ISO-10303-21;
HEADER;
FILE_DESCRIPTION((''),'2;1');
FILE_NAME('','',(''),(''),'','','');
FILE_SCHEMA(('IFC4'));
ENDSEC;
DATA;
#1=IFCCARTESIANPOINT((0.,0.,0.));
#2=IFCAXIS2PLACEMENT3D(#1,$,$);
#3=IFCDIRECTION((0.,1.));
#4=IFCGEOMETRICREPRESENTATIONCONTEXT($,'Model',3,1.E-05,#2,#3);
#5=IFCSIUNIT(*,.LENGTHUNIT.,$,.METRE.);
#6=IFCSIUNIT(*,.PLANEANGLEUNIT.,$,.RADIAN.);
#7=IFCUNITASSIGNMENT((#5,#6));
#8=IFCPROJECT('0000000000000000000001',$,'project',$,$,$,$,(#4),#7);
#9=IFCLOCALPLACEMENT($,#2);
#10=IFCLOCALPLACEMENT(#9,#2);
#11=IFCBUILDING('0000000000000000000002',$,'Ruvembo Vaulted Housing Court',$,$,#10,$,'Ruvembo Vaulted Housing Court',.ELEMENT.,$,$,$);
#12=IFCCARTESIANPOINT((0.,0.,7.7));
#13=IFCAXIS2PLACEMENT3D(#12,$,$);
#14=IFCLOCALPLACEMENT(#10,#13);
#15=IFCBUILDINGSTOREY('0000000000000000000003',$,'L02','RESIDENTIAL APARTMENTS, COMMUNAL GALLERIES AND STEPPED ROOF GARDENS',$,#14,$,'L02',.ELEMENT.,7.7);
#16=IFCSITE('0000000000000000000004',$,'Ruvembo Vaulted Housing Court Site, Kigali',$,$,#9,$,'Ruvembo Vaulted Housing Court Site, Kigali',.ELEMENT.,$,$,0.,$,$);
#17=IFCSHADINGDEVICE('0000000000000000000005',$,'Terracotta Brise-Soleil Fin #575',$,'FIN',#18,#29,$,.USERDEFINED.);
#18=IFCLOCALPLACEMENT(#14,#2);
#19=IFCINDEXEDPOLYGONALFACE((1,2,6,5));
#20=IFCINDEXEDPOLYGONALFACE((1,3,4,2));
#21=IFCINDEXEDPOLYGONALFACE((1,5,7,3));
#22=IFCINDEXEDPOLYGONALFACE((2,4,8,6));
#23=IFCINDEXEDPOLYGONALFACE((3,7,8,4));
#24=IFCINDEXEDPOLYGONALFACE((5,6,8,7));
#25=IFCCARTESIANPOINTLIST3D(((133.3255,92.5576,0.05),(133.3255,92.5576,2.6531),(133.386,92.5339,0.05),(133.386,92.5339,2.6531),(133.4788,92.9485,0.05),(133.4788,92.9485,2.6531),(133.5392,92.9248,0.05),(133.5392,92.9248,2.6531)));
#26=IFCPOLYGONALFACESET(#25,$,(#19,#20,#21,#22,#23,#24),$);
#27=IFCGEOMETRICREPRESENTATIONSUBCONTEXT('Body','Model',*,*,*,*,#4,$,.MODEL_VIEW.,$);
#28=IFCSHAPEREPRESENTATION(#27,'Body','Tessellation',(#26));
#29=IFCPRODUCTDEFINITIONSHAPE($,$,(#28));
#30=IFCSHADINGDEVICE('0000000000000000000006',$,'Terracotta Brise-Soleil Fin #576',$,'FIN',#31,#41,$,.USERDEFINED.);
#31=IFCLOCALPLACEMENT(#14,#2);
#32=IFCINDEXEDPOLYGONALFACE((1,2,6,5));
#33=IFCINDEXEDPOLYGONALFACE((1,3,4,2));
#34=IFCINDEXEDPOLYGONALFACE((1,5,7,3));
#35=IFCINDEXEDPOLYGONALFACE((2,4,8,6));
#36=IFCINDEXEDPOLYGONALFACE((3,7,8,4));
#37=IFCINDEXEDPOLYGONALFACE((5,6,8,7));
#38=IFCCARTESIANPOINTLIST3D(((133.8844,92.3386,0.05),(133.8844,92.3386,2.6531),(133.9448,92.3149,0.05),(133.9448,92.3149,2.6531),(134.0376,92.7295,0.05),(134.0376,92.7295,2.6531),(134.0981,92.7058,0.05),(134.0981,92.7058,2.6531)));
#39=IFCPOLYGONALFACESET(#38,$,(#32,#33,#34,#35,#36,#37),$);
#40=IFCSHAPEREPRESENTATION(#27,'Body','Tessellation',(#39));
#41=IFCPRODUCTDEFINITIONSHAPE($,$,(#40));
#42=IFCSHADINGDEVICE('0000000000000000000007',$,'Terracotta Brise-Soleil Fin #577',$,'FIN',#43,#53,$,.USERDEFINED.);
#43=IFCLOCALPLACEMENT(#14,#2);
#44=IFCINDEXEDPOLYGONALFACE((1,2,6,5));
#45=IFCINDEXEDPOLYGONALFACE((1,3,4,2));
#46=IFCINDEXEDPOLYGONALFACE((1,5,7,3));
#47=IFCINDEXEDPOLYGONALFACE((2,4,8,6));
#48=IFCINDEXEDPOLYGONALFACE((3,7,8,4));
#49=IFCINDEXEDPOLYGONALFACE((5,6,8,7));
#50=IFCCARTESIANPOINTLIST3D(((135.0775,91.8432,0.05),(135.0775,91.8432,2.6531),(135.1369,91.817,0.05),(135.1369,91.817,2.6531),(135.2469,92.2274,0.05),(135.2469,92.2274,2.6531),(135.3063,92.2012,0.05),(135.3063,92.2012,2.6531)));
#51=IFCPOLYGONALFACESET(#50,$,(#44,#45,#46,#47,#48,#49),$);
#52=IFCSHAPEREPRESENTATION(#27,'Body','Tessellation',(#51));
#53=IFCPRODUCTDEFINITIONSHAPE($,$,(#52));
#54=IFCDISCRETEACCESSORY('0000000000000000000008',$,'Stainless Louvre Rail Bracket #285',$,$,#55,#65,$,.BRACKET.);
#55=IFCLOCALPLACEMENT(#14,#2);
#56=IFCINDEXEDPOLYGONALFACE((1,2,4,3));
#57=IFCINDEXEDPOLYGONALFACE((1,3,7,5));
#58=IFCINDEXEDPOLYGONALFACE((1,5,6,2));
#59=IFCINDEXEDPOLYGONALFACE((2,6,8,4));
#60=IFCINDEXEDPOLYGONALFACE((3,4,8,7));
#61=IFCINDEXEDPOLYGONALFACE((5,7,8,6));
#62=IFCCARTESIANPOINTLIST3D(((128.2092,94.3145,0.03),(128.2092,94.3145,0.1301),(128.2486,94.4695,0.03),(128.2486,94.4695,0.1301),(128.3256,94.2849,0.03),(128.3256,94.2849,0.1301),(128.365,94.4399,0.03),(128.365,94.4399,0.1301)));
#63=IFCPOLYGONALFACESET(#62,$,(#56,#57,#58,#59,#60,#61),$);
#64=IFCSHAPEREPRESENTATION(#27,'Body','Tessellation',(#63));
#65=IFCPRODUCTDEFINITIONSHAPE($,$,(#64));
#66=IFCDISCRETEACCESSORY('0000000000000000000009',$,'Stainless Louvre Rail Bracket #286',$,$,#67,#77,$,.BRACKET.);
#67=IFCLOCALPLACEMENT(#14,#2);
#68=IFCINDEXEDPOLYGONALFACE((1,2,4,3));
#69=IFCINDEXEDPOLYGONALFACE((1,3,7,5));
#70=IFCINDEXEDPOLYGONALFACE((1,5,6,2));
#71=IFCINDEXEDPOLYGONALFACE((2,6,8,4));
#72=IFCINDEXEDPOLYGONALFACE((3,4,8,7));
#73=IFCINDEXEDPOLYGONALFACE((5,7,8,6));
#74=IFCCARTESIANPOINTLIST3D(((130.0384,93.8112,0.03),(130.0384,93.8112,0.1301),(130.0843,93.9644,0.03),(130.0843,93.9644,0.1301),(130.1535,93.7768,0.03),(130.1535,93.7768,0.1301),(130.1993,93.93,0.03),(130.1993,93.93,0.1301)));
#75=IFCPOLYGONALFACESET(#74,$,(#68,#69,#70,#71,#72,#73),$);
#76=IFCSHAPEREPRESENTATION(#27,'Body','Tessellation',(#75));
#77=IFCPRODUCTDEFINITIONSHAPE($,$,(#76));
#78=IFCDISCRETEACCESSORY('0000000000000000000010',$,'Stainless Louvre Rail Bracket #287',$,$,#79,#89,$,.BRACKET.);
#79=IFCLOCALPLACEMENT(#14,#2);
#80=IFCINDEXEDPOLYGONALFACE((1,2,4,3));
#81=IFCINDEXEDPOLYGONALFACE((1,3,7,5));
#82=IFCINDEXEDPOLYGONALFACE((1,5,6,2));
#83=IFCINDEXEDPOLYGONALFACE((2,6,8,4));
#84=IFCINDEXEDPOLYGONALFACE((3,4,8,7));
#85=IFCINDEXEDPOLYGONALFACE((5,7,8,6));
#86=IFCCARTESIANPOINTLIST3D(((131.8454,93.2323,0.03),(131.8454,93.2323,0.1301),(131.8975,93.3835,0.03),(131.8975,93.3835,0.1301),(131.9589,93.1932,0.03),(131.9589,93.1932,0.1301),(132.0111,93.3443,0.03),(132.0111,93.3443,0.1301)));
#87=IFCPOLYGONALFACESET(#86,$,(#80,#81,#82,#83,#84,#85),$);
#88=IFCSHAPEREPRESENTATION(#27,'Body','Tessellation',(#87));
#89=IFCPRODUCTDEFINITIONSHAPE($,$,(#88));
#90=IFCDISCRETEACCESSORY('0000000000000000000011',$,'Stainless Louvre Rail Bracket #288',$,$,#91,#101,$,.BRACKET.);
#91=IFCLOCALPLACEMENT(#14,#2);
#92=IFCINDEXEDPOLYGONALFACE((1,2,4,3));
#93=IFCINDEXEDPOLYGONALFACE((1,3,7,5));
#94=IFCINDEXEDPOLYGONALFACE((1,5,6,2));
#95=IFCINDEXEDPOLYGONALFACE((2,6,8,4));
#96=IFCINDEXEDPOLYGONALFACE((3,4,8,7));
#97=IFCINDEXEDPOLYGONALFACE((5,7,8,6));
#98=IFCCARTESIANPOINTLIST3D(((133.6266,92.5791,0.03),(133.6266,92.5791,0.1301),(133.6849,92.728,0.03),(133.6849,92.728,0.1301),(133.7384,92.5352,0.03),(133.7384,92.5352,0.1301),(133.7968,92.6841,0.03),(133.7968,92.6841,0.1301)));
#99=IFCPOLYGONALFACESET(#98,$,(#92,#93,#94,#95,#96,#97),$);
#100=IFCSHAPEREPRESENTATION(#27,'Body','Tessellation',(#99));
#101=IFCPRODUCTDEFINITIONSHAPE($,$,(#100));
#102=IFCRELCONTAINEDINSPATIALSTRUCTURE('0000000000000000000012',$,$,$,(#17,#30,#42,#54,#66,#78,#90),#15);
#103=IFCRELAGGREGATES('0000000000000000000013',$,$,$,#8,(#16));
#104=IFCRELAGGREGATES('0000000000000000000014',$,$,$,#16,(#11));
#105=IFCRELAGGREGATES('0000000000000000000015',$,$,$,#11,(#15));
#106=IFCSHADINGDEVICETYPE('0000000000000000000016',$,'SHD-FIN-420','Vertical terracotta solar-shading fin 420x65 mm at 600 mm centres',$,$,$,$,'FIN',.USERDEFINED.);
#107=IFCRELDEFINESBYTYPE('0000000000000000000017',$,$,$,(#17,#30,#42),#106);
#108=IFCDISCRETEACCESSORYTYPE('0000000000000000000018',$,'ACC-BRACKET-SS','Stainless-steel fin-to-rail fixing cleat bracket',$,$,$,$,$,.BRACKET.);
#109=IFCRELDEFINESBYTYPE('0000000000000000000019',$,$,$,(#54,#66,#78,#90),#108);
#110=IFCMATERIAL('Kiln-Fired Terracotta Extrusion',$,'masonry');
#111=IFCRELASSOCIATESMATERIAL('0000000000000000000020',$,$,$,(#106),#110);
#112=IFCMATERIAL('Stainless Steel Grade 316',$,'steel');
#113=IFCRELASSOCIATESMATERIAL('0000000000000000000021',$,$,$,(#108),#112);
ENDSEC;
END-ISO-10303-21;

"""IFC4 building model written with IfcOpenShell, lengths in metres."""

from ifc_helpers import new_model, si_unit, direction, frame, origin, origin_2d, place, context, subcontext, project, spatial, rectangle, extrude, material, type_object, element, save


model = new_model("IFC4")

# Units and contexts
model_context = context("Model", 3, precision=1e-05, world=origin(), true_north=direction((0.0, 1.0)))
body_context = subcontext(model_context, "Body", "Model", "MODEL_VIEW")
ifc_project = project(units=[si_unit("LENGTHUNIT", "METRE"), si_unit("PLANEANGLEUNIT", "RADIAN")], contexts=[model_context])

# Site, building, storey
site_placement = place(None, origin())
site = spatial("IfcSite", under=ifc_project, at=site_placement, Name="Ruvembo Vaulted Housing Court Site, Kigali", LongName="Ruvembo Vaulted Housing Court Site, Kigali", CompositionType="ELEMENT", RefElevation=0.0)
building_placement = place(site_placement, origin())
building = spatial("IfcBuilding", under=site, at=building_placement, Name="Ruvembo Vaulted Housing Court", LongName="Ruvembo Vaulted Housing Court", CompositionType="ELEMENT")
storey_placement = place(building_placement, frame((0.0, 0.0, 7.7)))
storey = spatial("IfcBuildingStorey", under=building, at=storey_placement, Name="L02", Description="RESIDENTIAL APARTMENTS, COMMUNAL GALLERIES AND STEPPED ROOF GARDENS", LongName="L02", CompositionType="ELEMENT", Elevation=7.7)

# Shading devices
ifc_material_1 = material(Name="Kiln-Fired Terracotta Extrusion", Category="masonry")
shading_device_type = type_object("IfcShadingDeviceType", Name="SHD-FIN-420", Description="Vertical terracotta solar-shading fin 420x65 mm at 600 mm centres", ElementType="FIN", PredefinedType="USERDEFINED", material=ifc_material_1)
for number, where, z_axis, x_axis, name in (
    (1, (133.4324, 92.7412, 0.05), (0.0, 0.0, 1.0), (-0.364958, -0.931024, 0.0), "Terracotta Brise-Soleil Fin #575"),
    (2, (133.9912, 92.5222, 0.05), (0.0, 0.0, 1.0), (-0.364958, -0.931024, 0.0), "Terracotta Brise-Soleil Fin #576"),
    (3, (135.1919, 92.0222, 0.05), (0.0, 0.0, 1.0), (-0.403306, -0.915065, 0.0), "Terracotta Brise-Soleil Fin #577"),
):
    element("IfcShadingDevice", number, at=place(storey_placement, frame(where, z_axis=z_axis, x_axis=x_axis)), inside=storey, type_object=shading_device_type, Name=name, ObjectType="FIN", PredefinedType="USERDEFINED", context=body_context, shape_type="SweptSolid", body=[
        extrude(rectangle(XDim=0.4199, YDim=0.0649, at=origin_2d()), origin(), (0.0, 0.0, 1.0), 2.603),
    ])

# Discrete accessories
ifc_material_2 = material(Name="Stainless Steel Grade 316", Category="steel")
discrete_accessory_type = type_object("IfcDiscreteAccessoryType", Name="ACC-BRACKET-SS", Description="Stainless-steel fin-to-rail fixing cleat bracket", PredefinedType="BRACKET", material=ifc_material_2)
for number, where, z_axis, x_axis, name in (
    (4, (128.2871, 94.3772, 0.03), (0.0, 0.0, 1.0), (-0.246492, -0.969145, 0.0), "Stainless Louvre Rail Bracket #285"),
    (5, (130.1189, 93.8706, 0.03), (0.0, 0.0, 1.0), (-0.286491, -0.958083, 0.0), "Stainless Louvre Rail Bracket #286"),
    (6, (131.9282, 93.2883, 0.03), (0.0, 0.0, 1.0), (-0.32603, -0.945359, 0.0), "Stainless Louvre Rail Bracket #287"),
    (7, (133.7117, 92.6316, 0.03), (0.0, 0.0, 1.0), (-0.364958, -0.931024, 0.0), "Stainless Louvre Rail Bracket #288"),
):
    element("IfcDiscreteAccessory", number, at=place(storey_placement, frame(where, z_axis=z_axis, x_axis=x_axis)), inside=storey, type_object=discrete_accessory_type, Name=name, PredefinedType="BRACKET", context=body_context, shape_type="SweptSolid", body=[
        extrude(rectangle(XDim=0.1599, YDim=0.1201, at=origin_2d()), origin(), (0.0, 0.0, 1.0), 0.1001),
    ])

save(model, "model.ifc")
